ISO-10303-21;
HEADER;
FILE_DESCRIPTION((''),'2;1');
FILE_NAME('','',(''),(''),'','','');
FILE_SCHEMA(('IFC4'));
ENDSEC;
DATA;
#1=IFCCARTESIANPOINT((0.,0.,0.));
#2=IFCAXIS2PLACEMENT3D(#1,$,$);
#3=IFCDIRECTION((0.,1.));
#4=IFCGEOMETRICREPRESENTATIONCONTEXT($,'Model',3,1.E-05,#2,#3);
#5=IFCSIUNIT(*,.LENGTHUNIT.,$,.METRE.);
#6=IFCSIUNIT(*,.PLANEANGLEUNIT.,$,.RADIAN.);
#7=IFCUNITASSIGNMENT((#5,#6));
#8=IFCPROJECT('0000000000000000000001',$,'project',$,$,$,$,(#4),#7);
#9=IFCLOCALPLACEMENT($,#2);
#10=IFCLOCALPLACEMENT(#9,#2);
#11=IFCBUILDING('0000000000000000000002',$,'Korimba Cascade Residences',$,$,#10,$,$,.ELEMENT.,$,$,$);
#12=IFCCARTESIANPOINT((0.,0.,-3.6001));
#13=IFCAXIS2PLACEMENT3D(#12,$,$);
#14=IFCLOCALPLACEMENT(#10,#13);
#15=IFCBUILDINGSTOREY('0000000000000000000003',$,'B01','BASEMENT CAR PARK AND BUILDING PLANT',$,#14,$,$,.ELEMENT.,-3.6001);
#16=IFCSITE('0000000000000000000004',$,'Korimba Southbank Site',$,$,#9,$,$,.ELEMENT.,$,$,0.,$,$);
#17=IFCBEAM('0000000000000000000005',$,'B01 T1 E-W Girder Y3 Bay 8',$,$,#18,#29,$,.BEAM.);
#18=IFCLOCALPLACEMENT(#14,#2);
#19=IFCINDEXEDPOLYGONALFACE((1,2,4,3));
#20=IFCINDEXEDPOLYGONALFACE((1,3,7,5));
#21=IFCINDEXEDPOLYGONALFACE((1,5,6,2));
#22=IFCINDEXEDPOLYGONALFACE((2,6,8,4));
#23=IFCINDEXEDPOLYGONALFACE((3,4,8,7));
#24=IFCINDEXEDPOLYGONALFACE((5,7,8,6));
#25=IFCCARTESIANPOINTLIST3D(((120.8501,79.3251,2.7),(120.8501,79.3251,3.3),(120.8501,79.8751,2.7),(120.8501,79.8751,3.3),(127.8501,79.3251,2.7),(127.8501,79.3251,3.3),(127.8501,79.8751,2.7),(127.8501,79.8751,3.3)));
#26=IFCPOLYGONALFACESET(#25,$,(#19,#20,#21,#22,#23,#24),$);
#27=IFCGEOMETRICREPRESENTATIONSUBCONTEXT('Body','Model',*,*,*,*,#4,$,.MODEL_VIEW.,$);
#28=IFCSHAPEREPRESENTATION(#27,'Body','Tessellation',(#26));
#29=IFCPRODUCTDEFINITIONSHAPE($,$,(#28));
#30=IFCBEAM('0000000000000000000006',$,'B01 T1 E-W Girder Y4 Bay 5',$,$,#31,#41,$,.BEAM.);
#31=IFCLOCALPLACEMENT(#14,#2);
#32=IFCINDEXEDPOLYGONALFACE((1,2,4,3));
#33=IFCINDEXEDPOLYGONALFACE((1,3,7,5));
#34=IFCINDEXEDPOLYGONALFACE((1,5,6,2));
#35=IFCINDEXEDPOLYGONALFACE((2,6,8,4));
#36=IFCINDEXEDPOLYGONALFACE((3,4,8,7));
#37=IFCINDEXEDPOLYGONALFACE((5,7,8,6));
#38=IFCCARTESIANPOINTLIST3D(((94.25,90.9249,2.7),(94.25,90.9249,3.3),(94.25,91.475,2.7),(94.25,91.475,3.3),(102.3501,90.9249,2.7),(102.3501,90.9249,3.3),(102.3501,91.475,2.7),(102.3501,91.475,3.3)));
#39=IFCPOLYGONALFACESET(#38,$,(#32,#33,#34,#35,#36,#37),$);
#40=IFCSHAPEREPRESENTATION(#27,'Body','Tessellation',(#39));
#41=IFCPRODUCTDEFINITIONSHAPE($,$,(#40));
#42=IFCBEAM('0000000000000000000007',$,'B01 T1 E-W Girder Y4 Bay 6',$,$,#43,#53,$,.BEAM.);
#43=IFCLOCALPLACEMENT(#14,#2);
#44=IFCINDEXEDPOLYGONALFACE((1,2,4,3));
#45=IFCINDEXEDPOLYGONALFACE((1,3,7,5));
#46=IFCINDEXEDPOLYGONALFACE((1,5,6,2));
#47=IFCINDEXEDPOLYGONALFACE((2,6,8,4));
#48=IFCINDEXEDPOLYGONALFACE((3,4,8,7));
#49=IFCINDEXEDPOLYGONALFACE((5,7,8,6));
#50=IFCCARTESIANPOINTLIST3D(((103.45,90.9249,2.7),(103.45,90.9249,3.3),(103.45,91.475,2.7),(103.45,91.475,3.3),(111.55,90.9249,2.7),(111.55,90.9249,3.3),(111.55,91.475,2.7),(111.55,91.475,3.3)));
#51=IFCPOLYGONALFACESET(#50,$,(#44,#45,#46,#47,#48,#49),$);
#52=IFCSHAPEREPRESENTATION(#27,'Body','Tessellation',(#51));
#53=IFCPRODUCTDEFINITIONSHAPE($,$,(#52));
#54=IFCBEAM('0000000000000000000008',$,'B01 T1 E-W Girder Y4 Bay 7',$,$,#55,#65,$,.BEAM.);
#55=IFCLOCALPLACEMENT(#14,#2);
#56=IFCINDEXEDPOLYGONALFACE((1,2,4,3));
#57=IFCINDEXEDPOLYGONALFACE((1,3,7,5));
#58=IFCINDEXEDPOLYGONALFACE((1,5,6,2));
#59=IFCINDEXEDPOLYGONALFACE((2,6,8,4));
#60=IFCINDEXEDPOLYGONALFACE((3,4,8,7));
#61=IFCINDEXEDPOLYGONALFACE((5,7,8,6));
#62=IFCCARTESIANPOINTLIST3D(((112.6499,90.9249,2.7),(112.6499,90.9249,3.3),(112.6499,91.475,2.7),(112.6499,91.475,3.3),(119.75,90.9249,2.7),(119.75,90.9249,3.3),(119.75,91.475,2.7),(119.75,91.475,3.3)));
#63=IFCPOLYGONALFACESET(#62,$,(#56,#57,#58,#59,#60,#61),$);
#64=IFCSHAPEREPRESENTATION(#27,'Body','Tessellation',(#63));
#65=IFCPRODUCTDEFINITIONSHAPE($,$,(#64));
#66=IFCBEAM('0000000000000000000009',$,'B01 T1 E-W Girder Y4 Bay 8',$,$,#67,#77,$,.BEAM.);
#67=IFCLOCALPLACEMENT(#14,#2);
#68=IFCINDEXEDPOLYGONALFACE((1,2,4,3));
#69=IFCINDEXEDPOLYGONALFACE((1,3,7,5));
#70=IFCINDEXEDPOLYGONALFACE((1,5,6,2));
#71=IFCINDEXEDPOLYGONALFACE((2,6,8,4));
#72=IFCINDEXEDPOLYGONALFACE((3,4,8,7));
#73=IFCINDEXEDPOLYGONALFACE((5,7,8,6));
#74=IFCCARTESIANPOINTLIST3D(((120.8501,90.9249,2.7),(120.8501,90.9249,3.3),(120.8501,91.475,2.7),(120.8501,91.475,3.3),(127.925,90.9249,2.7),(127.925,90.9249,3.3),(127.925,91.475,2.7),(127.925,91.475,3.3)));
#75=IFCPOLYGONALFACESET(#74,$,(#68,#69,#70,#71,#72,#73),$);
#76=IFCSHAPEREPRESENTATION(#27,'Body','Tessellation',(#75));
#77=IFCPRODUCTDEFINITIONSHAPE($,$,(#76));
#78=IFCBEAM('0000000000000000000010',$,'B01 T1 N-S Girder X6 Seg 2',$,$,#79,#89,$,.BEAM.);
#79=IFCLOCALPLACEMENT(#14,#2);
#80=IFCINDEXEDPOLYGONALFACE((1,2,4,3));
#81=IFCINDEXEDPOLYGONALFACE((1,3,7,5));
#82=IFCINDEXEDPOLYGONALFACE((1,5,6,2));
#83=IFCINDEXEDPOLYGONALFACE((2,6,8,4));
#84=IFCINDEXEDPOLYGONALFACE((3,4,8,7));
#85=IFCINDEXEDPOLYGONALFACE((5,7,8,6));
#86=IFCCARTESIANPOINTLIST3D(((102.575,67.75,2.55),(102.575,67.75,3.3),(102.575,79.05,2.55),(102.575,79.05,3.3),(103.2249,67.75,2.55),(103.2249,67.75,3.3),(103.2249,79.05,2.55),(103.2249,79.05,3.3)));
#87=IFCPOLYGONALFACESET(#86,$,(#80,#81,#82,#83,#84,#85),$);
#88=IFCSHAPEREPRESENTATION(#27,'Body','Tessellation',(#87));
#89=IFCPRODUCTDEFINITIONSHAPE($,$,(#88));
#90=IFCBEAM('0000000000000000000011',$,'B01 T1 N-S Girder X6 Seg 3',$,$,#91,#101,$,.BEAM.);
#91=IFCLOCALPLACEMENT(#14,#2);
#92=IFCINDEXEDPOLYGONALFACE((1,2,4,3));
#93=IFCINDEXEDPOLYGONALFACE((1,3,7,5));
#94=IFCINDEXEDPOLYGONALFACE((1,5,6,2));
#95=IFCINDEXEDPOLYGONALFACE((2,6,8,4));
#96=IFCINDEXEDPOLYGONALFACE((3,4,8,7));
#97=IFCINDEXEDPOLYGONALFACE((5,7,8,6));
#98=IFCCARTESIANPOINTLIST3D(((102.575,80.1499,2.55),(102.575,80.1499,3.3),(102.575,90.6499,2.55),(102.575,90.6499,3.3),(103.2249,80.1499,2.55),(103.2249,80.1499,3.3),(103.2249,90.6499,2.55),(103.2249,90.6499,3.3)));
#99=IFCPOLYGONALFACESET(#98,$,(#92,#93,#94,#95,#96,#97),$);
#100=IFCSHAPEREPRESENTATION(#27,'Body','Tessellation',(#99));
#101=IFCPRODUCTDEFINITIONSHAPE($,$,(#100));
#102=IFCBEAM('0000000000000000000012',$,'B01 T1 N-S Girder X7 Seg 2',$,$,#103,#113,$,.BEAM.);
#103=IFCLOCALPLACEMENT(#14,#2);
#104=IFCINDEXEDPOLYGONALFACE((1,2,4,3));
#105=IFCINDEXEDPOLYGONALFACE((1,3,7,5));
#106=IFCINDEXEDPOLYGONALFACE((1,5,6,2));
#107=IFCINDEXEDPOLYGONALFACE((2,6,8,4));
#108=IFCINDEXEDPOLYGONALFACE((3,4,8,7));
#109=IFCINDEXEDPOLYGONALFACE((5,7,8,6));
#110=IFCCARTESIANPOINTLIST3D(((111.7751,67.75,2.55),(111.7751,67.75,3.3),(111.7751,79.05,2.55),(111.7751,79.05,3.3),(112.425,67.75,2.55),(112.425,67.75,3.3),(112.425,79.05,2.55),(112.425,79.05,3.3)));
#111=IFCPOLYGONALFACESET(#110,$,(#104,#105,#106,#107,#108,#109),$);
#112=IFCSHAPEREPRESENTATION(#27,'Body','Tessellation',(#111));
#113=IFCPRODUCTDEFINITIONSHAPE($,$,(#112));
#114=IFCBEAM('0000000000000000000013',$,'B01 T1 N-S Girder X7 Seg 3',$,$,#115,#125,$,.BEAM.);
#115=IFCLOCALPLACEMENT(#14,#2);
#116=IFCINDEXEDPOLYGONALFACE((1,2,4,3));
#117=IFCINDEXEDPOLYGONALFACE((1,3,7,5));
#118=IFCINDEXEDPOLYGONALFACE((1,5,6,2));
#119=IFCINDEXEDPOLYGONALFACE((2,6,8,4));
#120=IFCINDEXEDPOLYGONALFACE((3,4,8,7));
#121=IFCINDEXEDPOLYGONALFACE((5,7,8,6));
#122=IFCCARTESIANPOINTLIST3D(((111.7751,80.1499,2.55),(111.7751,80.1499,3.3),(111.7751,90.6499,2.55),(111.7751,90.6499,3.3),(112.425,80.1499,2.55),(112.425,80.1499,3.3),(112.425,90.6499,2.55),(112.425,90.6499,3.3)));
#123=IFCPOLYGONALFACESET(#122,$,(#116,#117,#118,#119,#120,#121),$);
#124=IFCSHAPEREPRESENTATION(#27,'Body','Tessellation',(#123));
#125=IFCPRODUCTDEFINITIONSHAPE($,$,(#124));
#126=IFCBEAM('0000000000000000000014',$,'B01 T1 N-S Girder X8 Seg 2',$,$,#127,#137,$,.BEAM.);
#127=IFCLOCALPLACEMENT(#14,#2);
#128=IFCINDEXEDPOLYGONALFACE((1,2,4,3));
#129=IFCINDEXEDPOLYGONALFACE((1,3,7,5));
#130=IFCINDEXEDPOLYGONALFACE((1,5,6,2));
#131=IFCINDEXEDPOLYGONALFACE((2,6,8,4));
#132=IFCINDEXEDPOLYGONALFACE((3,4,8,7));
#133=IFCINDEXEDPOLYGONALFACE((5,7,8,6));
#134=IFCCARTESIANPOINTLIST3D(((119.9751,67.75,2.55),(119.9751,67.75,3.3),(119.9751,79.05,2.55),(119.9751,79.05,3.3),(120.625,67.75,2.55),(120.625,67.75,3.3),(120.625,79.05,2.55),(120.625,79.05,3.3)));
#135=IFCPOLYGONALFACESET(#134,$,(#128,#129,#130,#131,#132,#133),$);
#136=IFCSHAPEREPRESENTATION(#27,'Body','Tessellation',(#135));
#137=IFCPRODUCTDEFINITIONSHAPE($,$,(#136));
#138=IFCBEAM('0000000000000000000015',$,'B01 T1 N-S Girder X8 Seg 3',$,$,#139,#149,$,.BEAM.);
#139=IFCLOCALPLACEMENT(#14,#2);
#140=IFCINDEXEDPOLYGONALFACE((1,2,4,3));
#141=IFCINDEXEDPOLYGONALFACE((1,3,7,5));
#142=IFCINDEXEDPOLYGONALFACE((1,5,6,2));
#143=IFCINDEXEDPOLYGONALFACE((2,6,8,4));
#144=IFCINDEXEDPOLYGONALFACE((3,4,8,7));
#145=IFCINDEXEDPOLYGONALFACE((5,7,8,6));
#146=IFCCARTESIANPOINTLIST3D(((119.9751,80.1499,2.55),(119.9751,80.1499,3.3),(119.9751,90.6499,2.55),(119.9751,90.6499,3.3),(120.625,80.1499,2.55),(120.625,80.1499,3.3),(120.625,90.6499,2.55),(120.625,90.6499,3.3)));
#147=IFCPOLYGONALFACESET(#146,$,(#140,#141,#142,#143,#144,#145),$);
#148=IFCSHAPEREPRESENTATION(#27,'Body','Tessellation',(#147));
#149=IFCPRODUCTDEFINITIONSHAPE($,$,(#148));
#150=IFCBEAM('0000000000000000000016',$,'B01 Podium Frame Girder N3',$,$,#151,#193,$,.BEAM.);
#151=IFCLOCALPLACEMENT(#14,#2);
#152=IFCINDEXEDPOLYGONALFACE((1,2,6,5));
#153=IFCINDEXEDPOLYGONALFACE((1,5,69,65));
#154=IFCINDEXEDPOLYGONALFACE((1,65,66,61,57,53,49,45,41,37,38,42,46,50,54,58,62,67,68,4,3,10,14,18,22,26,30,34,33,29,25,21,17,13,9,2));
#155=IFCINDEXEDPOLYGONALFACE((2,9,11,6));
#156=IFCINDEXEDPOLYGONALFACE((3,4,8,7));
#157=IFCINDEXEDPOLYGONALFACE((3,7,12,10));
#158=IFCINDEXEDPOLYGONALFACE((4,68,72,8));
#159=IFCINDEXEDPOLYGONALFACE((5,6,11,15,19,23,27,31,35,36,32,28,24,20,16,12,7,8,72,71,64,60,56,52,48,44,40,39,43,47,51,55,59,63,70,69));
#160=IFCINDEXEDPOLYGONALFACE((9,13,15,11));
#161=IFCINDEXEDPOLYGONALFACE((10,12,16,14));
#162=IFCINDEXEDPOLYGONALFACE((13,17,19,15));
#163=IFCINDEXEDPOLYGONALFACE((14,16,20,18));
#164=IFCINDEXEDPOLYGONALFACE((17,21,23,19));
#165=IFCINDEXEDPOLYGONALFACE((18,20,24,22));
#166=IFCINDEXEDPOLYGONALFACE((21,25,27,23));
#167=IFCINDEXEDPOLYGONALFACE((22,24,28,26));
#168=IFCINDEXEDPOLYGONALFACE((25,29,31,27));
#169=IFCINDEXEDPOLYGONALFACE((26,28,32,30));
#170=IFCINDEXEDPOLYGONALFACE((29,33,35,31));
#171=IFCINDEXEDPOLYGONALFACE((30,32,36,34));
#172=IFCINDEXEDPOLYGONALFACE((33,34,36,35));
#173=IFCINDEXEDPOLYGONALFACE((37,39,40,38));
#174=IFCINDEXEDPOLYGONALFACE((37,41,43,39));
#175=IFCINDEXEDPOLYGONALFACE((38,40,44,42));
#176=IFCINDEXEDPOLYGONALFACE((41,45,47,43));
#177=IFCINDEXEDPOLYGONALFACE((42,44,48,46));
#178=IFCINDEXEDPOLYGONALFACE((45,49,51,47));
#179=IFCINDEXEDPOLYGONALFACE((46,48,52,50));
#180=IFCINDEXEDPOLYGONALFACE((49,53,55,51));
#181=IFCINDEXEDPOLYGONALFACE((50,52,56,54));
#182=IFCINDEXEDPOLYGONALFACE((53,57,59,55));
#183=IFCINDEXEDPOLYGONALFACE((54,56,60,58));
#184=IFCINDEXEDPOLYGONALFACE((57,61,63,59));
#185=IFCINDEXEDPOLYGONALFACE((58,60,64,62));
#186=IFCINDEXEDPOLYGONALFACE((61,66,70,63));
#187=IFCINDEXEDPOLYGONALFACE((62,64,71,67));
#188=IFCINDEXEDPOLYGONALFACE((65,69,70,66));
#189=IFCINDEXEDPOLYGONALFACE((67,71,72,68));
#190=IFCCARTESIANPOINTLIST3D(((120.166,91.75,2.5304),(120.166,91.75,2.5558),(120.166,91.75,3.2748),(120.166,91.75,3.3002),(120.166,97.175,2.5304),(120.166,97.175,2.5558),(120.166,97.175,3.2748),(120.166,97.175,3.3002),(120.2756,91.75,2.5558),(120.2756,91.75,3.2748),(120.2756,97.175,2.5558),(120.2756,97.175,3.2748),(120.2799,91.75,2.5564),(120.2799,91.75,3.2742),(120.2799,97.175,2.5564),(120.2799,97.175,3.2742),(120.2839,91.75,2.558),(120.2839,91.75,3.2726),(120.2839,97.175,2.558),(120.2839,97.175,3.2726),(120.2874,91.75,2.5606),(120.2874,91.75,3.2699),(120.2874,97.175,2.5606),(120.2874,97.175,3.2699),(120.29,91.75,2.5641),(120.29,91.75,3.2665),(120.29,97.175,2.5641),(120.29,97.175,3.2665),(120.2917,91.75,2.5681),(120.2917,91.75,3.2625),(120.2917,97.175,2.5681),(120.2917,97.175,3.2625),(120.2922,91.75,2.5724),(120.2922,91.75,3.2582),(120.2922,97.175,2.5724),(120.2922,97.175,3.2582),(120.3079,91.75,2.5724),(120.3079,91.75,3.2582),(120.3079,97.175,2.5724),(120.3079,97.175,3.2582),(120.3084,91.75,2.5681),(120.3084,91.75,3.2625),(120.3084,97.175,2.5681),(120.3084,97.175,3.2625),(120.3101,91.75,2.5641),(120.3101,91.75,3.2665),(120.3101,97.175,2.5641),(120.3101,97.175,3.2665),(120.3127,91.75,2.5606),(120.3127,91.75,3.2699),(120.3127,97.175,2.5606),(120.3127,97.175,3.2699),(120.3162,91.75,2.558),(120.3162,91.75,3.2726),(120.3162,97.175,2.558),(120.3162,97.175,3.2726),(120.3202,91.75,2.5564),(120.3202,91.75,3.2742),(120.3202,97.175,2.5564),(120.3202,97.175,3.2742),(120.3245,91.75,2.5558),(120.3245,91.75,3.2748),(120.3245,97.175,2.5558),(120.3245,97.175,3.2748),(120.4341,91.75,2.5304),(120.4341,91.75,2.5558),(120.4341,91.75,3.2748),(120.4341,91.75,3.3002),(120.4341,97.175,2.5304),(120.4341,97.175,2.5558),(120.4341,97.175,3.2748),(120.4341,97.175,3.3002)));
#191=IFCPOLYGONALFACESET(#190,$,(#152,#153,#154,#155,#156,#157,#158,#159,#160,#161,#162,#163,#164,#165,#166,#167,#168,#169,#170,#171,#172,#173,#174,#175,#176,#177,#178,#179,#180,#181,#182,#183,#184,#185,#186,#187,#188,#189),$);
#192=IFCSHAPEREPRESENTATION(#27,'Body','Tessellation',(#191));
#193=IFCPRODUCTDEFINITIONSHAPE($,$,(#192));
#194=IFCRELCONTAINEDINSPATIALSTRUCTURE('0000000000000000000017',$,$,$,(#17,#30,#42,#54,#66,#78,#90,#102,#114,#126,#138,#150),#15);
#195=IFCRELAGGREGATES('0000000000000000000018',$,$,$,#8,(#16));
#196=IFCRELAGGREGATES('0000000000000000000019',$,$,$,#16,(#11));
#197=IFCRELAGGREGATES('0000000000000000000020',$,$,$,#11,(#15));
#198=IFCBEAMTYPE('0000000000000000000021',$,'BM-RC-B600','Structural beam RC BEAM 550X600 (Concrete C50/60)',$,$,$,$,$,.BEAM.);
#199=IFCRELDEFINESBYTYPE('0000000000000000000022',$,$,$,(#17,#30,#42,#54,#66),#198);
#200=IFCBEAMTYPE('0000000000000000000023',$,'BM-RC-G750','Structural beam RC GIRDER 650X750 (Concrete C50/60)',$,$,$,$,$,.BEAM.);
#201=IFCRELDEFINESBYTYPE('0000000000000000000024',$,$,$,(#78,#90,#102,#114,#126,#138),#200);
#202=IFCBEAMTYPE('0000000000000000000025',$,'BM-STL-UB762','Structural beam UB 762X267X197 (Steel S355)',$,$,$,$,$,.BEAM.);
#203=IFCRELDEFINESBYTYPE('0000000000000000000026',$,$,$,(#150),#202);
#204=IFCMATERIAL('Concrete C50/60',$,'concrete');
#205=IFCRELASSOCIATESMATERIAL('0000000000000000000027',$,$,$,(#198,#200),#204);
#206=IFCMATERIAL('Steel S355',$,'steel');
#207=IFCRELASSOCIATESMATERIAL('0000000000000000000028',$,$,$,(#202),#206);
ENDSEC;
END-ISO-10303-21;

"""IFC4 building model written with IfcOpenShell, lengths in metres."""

from ifc_helpers import new_model, si_unit, direction, frame, origin, origin_2d, place, context, subcontext, project, spatial, rectangle, i_section, extrude, material, material_profile, profile_set, type_object, element, save


model = new_model("IFC4")

# Units and contexts
model_context = context("Model", 3, precision=1e-05, world=origin(), true_north=direction((0.0, 1.0)))
body_context = subcontext(model_context, "Body", "Model", "MODEL_VIEW")
ifc_project = project(units=[si_unit("LENGTHUNIT", "METRE"), si_unit("PLANEANGLEUNIT", "RADIAN")], contexts=[model_context])

# Site, building, storey
site_placement = place(None, origin())
site = spatial("IfcSite", under=ifc_project, at=site_placement, Name="Korimba Southbank Site", CompositionType="ELEMENT", RefElevation=0.0)
building_placement = place(site_placement, origin())
building = spatial("IfcBuilding", under=site, at=building_placement, Name="Korimba Cascade Residences", CompositionType="ELEMENT")
storey_placement = place(building_placement, frame((0.0, 0.0, -3.6001)))
storey = spatial("IfcBuildingStorey", under=building, at=storey_placement, Name="B01", Description="BASEMENT CAR PARK AND BUILDING PLANT", CompositionType="ELEMENT", Elevation=-3.6001)

# Beams
ifc_material_1 = material(Name="Concrete C50/60", Category="concrete")
ifc_material_profile_1 = material_profile(ifc_material_1, rectangle(XDim=0.55, YDim=0.6001, at=origin_2d()), Name="Concrete C50/60")
ifc_profile_set_1 = profile_set([ifc_material_profile_1], Name="Concrete C50/60")
beam_type_1 = type_object("IfcBeamType", Name="BM-RC-B600", Description="Structural beam RC BEAM 550X600 (Concrete C50/60)", PredefinedType="BEAM", material=ifc_profile_set_1)
beam_1_placement = place(storey_placement, frame((120.8501, 79.6001, 3.0), z_axis=(1.0, 0.0, 0.0), x_axis=(0.0, 1.0, 0.0)))
element("IfcBeam", 1, at=beam_1_placement, inside=storey, type_object=beam_type_1, Name="B01 T1 E-W Girder Y3 Bay 8", PredefinedType="BEAM", context=body_context, shape_type="SweptSolid", body=[
    extrude(rectangle(XDim=0.55, YDim=0.6001, at=origin_2d()), origin(), (0.0, 0.0, 1.0), 7.0),
])
for number, where, z_axis, x_axis, name in (
    (2, (94.25, 91.2, 3.0), (1.0, 0.0, 0.0), (0.0, 1.0, 0.0), "B01 T1 E-W Girder Y4 Bay 5"),
    (3, (103.45, 91.2, 3.0), (1.0, 0.0, 0.0), (0.0, 1.0, 0.0), "B01 T1 E-W Girder Y4 Bay 6"),
):
    element("IfcBeam", number, at=place(storey_placement, frame(where, z_axis=z_axis, x_axis=x_axis)), inside=storey, type_object=beam_type_1, Name=name, PredefinedType="BEAM", context=body_context, shape_type="SweptSolid", body=[
        extrude(rectangle(XDim=0.55, YDim=0.6001, at=origin_2d()), origin(), (0.0, 0.0, 1.0), 8.1001),
    ])
beam_2_placement = place(storey_placement, frame((112.6499, 91.2, 3.0), z_axis=(1.0, 0.0, 0.0), x_axis=(0.0, 1.0, 0.0)))
element("IfcBeam", 4, at=beam_2_placement, inside=storey, type_object=beam_type_1, Name="B01 T1 E-W Girder Y4 Bay 7", PredefinedType="BEAM", context=body_context, shape_type="SweptSolid", body=[
    extrude(rectangle(XDim=0.55, YDim=0.6001, at=origin_2d()), origin(), (0.0, 0.0, 1.0), 7.1001),
])
beam_3_placement = place(storey_placement, frame((120.8501, 91.2, 3.0), z_axis=(1.0, 0.0, 0.0), x_axis=(0.0, 1.0, 0.0)))
element("IfcBeam", 5, at=beam_3_placement, inside=storey, type_object=beam_type_1, Name="B01 T1 E-W Girder Y4 Bay 8", PredefinedType="BEAM", context=body_context, shape_type="SweptSolid", body=[
    extrude(rectangle(XDim=0.55, YDim=0.6001, at=origin_2d()), origin(), (0.0, 0.0, 1.0), 7.075),
])
ifc_material_profile_2 = material_profile(ifc_material_1, rectangle(XDim=0.6499, YDim=0.75, at=origin_2d()), Name="Concrete C50/60")
ifc_profile_set_2 = profile_set([ifc_material_profile_2], Name="Concrete C50/60")
beam_type_2 = type_object("IfcBeamType", Name="BM-RC-G750", Description="Structural beam RC GIRDER 650X750 (Concrete C50/60)", PredefinedType="BEAM", material=ifc_profile_set_2)
beam_4_placement = place(storey_placement, frame((102.8999, 67.75, 2.925), z_axis=(0.0, 1.0, 0.0), x_axis=(-1.0, 0.0, 0.0)))
element("IfcBeam", 6, at=beam_4_placement, inside=storey, type_object=beam_type_2, Name="B01 T1 N-S Girder X6 Seg 2", PredefinedType="BEAM", context=body_context, shape_type="SweptSolid", body=[
    extrude(rectangle(XDim=0.6499, YDim=0.75, at=origin_2d()), origin(), (0.0, 0.0, 1.0), 11.3),
])
beam_5_placement = place(storey_placement, frame((102.8999, 80.1499, 2.925), z_axis=(0.0, 1.0, 0.0), x_axis=(-1.0, 0.0, 0.0)))
element("IfcBeam", 7, at=beam_5_placement, inside=storey, type_object=beam_type_2, Name="B01 T1 N-S Girder X6 Seg 3", PredefinedType="BEAM", context=body_context, shape_type="SweptSolid", body=[
    extrude(rectangle(XDim=0.6499, YDim=0.75, at=origin_2d()), origin(), (0.0, 0.0, 1.0), 10.5),
])
beam_6_placement = place(storey_placement, frame((112.1001, 67.75, 2.925), z_axis=(0.0, 1.0, 0.0), x_axis=(-1.0, 0.0, 0.0)))
element("IfcBeam", 8, at=beam_6_placement, inside=storey, type_object=beam_type_2, Name="B01 T1 N-S Girder X7 Seg 2", PredefinedType="BEAM", context=body_context, shape_type="SweptSolid", body=[
    extrude(rectangle(XDim=0.6499, YDim=0.75, at=origin_2d()), origin(), (0.0, 0.0, 1.0), 11.3),
])
beam_7_placement = place(storey_placement, frame((112.1001, 80.1499, 2.925), z_axis=(0.0, 1.0, 0.0), x_axis=(-1.0, 0.0, 0.0)))
element("IfcBeam", 9, at=beam_7_placement, inside=storey, type_object=beam_type_2, Name="B01 T1 N-S Girder X7 Seg 3", PredefinedType="BEAM", context=body_context, shape_type="SweptSolid", body=[
    extrude(rectangle(XDim=0.6499, YDim=0.75, at=origin_2d()), origin(), (0.0, 0.0, 1.0), 10.5),
])
beam_8_placement = place(storey_placement, frame((120.3, 67.75, 2.925), z_axis=(0.0, 1.0, 0.0), x_axis=(-1.0, 0.0, 0.0)))
element("IfcBeam", 10, at=beam_8_placement, inside=storey, type_object=beam_type_2, Name="B01 T1 N-S Girder X8 Seg 2", PredefinedType="BEAM", context=body_context, shape_type="SweptSolid", body=[
    extrude(rectangle(XDim=0.6499, YDim=0.75, at=origin_2d()), origin(), (0.0, 0.0, 1.0), 11.3),
])
beam_9_placement = place(storey_placement, frame((120.3, 80.1499, 2.925), z_axis=(0.0, 1.0, 0.0), x_axis=(-1.0, 0.0, 0.0)))
element("IfcBeam", 11, at=beam_9_placement, inside=storey, type_object=beam_type_2, Name="B01 T1 N-S Girder X8 Seg 3", PredefinedType="BEAM", context=body_context, shape_type="SweptSolid", body=[
    extrude(rectangle(XDim=0.6499, YDim=0.75, at=origin_2d()), origin(), (0.0, 0.0, 1.0), 10.5),
])
ifc_material_2 = material(Name="Steel S355", Category="steel")
ifc_material_profile_3 = material_profile(ifc_material_2, i_section(OverallWidth=0.2681, OverallDepth=0.7698, WebThickness=0.0156, FlangeThickness=0.0254, FilletRadius=0.0166, at=origin_2d()), Name="Steel S355")
ifc_profile_set_3 = profile_set([ifc_material_profile_3], Name="Steel S355")
beam_type_3 = type_object("IfcBeamType", Name="BM-STL-UB762", Description="Structural beam UB 762X267X197 (Steel S355)", PredefinedType="BEAM", material=ifc_profile_set_3)
beam_10_placement = place(storey_placement, frame((120.3, 91.75, 2.9153), z_axis=(0.0, 1.0, 0.0), x_axis=(-1.0, 0.0, 0.0)))
element("IfcBeam", 12, at=beam_10_placement, inside=storey, type_object=beam_type_3, Name="B01 Podium Frame Girder N3", PredefinedType="BEAM", context=body_context, shape_type="SweptSolid", body=[
    extrude(i_section(OverallWidth=0.2681, OverallDepth=0.7698, WebThickness=0.0156, FlangeThickness=0.0254, FilletRadius=0.0166, at=origin_2d()), origin(), (0.0, 0.0, 1.0), 5.425),
])

save(model, "model.ifc")
